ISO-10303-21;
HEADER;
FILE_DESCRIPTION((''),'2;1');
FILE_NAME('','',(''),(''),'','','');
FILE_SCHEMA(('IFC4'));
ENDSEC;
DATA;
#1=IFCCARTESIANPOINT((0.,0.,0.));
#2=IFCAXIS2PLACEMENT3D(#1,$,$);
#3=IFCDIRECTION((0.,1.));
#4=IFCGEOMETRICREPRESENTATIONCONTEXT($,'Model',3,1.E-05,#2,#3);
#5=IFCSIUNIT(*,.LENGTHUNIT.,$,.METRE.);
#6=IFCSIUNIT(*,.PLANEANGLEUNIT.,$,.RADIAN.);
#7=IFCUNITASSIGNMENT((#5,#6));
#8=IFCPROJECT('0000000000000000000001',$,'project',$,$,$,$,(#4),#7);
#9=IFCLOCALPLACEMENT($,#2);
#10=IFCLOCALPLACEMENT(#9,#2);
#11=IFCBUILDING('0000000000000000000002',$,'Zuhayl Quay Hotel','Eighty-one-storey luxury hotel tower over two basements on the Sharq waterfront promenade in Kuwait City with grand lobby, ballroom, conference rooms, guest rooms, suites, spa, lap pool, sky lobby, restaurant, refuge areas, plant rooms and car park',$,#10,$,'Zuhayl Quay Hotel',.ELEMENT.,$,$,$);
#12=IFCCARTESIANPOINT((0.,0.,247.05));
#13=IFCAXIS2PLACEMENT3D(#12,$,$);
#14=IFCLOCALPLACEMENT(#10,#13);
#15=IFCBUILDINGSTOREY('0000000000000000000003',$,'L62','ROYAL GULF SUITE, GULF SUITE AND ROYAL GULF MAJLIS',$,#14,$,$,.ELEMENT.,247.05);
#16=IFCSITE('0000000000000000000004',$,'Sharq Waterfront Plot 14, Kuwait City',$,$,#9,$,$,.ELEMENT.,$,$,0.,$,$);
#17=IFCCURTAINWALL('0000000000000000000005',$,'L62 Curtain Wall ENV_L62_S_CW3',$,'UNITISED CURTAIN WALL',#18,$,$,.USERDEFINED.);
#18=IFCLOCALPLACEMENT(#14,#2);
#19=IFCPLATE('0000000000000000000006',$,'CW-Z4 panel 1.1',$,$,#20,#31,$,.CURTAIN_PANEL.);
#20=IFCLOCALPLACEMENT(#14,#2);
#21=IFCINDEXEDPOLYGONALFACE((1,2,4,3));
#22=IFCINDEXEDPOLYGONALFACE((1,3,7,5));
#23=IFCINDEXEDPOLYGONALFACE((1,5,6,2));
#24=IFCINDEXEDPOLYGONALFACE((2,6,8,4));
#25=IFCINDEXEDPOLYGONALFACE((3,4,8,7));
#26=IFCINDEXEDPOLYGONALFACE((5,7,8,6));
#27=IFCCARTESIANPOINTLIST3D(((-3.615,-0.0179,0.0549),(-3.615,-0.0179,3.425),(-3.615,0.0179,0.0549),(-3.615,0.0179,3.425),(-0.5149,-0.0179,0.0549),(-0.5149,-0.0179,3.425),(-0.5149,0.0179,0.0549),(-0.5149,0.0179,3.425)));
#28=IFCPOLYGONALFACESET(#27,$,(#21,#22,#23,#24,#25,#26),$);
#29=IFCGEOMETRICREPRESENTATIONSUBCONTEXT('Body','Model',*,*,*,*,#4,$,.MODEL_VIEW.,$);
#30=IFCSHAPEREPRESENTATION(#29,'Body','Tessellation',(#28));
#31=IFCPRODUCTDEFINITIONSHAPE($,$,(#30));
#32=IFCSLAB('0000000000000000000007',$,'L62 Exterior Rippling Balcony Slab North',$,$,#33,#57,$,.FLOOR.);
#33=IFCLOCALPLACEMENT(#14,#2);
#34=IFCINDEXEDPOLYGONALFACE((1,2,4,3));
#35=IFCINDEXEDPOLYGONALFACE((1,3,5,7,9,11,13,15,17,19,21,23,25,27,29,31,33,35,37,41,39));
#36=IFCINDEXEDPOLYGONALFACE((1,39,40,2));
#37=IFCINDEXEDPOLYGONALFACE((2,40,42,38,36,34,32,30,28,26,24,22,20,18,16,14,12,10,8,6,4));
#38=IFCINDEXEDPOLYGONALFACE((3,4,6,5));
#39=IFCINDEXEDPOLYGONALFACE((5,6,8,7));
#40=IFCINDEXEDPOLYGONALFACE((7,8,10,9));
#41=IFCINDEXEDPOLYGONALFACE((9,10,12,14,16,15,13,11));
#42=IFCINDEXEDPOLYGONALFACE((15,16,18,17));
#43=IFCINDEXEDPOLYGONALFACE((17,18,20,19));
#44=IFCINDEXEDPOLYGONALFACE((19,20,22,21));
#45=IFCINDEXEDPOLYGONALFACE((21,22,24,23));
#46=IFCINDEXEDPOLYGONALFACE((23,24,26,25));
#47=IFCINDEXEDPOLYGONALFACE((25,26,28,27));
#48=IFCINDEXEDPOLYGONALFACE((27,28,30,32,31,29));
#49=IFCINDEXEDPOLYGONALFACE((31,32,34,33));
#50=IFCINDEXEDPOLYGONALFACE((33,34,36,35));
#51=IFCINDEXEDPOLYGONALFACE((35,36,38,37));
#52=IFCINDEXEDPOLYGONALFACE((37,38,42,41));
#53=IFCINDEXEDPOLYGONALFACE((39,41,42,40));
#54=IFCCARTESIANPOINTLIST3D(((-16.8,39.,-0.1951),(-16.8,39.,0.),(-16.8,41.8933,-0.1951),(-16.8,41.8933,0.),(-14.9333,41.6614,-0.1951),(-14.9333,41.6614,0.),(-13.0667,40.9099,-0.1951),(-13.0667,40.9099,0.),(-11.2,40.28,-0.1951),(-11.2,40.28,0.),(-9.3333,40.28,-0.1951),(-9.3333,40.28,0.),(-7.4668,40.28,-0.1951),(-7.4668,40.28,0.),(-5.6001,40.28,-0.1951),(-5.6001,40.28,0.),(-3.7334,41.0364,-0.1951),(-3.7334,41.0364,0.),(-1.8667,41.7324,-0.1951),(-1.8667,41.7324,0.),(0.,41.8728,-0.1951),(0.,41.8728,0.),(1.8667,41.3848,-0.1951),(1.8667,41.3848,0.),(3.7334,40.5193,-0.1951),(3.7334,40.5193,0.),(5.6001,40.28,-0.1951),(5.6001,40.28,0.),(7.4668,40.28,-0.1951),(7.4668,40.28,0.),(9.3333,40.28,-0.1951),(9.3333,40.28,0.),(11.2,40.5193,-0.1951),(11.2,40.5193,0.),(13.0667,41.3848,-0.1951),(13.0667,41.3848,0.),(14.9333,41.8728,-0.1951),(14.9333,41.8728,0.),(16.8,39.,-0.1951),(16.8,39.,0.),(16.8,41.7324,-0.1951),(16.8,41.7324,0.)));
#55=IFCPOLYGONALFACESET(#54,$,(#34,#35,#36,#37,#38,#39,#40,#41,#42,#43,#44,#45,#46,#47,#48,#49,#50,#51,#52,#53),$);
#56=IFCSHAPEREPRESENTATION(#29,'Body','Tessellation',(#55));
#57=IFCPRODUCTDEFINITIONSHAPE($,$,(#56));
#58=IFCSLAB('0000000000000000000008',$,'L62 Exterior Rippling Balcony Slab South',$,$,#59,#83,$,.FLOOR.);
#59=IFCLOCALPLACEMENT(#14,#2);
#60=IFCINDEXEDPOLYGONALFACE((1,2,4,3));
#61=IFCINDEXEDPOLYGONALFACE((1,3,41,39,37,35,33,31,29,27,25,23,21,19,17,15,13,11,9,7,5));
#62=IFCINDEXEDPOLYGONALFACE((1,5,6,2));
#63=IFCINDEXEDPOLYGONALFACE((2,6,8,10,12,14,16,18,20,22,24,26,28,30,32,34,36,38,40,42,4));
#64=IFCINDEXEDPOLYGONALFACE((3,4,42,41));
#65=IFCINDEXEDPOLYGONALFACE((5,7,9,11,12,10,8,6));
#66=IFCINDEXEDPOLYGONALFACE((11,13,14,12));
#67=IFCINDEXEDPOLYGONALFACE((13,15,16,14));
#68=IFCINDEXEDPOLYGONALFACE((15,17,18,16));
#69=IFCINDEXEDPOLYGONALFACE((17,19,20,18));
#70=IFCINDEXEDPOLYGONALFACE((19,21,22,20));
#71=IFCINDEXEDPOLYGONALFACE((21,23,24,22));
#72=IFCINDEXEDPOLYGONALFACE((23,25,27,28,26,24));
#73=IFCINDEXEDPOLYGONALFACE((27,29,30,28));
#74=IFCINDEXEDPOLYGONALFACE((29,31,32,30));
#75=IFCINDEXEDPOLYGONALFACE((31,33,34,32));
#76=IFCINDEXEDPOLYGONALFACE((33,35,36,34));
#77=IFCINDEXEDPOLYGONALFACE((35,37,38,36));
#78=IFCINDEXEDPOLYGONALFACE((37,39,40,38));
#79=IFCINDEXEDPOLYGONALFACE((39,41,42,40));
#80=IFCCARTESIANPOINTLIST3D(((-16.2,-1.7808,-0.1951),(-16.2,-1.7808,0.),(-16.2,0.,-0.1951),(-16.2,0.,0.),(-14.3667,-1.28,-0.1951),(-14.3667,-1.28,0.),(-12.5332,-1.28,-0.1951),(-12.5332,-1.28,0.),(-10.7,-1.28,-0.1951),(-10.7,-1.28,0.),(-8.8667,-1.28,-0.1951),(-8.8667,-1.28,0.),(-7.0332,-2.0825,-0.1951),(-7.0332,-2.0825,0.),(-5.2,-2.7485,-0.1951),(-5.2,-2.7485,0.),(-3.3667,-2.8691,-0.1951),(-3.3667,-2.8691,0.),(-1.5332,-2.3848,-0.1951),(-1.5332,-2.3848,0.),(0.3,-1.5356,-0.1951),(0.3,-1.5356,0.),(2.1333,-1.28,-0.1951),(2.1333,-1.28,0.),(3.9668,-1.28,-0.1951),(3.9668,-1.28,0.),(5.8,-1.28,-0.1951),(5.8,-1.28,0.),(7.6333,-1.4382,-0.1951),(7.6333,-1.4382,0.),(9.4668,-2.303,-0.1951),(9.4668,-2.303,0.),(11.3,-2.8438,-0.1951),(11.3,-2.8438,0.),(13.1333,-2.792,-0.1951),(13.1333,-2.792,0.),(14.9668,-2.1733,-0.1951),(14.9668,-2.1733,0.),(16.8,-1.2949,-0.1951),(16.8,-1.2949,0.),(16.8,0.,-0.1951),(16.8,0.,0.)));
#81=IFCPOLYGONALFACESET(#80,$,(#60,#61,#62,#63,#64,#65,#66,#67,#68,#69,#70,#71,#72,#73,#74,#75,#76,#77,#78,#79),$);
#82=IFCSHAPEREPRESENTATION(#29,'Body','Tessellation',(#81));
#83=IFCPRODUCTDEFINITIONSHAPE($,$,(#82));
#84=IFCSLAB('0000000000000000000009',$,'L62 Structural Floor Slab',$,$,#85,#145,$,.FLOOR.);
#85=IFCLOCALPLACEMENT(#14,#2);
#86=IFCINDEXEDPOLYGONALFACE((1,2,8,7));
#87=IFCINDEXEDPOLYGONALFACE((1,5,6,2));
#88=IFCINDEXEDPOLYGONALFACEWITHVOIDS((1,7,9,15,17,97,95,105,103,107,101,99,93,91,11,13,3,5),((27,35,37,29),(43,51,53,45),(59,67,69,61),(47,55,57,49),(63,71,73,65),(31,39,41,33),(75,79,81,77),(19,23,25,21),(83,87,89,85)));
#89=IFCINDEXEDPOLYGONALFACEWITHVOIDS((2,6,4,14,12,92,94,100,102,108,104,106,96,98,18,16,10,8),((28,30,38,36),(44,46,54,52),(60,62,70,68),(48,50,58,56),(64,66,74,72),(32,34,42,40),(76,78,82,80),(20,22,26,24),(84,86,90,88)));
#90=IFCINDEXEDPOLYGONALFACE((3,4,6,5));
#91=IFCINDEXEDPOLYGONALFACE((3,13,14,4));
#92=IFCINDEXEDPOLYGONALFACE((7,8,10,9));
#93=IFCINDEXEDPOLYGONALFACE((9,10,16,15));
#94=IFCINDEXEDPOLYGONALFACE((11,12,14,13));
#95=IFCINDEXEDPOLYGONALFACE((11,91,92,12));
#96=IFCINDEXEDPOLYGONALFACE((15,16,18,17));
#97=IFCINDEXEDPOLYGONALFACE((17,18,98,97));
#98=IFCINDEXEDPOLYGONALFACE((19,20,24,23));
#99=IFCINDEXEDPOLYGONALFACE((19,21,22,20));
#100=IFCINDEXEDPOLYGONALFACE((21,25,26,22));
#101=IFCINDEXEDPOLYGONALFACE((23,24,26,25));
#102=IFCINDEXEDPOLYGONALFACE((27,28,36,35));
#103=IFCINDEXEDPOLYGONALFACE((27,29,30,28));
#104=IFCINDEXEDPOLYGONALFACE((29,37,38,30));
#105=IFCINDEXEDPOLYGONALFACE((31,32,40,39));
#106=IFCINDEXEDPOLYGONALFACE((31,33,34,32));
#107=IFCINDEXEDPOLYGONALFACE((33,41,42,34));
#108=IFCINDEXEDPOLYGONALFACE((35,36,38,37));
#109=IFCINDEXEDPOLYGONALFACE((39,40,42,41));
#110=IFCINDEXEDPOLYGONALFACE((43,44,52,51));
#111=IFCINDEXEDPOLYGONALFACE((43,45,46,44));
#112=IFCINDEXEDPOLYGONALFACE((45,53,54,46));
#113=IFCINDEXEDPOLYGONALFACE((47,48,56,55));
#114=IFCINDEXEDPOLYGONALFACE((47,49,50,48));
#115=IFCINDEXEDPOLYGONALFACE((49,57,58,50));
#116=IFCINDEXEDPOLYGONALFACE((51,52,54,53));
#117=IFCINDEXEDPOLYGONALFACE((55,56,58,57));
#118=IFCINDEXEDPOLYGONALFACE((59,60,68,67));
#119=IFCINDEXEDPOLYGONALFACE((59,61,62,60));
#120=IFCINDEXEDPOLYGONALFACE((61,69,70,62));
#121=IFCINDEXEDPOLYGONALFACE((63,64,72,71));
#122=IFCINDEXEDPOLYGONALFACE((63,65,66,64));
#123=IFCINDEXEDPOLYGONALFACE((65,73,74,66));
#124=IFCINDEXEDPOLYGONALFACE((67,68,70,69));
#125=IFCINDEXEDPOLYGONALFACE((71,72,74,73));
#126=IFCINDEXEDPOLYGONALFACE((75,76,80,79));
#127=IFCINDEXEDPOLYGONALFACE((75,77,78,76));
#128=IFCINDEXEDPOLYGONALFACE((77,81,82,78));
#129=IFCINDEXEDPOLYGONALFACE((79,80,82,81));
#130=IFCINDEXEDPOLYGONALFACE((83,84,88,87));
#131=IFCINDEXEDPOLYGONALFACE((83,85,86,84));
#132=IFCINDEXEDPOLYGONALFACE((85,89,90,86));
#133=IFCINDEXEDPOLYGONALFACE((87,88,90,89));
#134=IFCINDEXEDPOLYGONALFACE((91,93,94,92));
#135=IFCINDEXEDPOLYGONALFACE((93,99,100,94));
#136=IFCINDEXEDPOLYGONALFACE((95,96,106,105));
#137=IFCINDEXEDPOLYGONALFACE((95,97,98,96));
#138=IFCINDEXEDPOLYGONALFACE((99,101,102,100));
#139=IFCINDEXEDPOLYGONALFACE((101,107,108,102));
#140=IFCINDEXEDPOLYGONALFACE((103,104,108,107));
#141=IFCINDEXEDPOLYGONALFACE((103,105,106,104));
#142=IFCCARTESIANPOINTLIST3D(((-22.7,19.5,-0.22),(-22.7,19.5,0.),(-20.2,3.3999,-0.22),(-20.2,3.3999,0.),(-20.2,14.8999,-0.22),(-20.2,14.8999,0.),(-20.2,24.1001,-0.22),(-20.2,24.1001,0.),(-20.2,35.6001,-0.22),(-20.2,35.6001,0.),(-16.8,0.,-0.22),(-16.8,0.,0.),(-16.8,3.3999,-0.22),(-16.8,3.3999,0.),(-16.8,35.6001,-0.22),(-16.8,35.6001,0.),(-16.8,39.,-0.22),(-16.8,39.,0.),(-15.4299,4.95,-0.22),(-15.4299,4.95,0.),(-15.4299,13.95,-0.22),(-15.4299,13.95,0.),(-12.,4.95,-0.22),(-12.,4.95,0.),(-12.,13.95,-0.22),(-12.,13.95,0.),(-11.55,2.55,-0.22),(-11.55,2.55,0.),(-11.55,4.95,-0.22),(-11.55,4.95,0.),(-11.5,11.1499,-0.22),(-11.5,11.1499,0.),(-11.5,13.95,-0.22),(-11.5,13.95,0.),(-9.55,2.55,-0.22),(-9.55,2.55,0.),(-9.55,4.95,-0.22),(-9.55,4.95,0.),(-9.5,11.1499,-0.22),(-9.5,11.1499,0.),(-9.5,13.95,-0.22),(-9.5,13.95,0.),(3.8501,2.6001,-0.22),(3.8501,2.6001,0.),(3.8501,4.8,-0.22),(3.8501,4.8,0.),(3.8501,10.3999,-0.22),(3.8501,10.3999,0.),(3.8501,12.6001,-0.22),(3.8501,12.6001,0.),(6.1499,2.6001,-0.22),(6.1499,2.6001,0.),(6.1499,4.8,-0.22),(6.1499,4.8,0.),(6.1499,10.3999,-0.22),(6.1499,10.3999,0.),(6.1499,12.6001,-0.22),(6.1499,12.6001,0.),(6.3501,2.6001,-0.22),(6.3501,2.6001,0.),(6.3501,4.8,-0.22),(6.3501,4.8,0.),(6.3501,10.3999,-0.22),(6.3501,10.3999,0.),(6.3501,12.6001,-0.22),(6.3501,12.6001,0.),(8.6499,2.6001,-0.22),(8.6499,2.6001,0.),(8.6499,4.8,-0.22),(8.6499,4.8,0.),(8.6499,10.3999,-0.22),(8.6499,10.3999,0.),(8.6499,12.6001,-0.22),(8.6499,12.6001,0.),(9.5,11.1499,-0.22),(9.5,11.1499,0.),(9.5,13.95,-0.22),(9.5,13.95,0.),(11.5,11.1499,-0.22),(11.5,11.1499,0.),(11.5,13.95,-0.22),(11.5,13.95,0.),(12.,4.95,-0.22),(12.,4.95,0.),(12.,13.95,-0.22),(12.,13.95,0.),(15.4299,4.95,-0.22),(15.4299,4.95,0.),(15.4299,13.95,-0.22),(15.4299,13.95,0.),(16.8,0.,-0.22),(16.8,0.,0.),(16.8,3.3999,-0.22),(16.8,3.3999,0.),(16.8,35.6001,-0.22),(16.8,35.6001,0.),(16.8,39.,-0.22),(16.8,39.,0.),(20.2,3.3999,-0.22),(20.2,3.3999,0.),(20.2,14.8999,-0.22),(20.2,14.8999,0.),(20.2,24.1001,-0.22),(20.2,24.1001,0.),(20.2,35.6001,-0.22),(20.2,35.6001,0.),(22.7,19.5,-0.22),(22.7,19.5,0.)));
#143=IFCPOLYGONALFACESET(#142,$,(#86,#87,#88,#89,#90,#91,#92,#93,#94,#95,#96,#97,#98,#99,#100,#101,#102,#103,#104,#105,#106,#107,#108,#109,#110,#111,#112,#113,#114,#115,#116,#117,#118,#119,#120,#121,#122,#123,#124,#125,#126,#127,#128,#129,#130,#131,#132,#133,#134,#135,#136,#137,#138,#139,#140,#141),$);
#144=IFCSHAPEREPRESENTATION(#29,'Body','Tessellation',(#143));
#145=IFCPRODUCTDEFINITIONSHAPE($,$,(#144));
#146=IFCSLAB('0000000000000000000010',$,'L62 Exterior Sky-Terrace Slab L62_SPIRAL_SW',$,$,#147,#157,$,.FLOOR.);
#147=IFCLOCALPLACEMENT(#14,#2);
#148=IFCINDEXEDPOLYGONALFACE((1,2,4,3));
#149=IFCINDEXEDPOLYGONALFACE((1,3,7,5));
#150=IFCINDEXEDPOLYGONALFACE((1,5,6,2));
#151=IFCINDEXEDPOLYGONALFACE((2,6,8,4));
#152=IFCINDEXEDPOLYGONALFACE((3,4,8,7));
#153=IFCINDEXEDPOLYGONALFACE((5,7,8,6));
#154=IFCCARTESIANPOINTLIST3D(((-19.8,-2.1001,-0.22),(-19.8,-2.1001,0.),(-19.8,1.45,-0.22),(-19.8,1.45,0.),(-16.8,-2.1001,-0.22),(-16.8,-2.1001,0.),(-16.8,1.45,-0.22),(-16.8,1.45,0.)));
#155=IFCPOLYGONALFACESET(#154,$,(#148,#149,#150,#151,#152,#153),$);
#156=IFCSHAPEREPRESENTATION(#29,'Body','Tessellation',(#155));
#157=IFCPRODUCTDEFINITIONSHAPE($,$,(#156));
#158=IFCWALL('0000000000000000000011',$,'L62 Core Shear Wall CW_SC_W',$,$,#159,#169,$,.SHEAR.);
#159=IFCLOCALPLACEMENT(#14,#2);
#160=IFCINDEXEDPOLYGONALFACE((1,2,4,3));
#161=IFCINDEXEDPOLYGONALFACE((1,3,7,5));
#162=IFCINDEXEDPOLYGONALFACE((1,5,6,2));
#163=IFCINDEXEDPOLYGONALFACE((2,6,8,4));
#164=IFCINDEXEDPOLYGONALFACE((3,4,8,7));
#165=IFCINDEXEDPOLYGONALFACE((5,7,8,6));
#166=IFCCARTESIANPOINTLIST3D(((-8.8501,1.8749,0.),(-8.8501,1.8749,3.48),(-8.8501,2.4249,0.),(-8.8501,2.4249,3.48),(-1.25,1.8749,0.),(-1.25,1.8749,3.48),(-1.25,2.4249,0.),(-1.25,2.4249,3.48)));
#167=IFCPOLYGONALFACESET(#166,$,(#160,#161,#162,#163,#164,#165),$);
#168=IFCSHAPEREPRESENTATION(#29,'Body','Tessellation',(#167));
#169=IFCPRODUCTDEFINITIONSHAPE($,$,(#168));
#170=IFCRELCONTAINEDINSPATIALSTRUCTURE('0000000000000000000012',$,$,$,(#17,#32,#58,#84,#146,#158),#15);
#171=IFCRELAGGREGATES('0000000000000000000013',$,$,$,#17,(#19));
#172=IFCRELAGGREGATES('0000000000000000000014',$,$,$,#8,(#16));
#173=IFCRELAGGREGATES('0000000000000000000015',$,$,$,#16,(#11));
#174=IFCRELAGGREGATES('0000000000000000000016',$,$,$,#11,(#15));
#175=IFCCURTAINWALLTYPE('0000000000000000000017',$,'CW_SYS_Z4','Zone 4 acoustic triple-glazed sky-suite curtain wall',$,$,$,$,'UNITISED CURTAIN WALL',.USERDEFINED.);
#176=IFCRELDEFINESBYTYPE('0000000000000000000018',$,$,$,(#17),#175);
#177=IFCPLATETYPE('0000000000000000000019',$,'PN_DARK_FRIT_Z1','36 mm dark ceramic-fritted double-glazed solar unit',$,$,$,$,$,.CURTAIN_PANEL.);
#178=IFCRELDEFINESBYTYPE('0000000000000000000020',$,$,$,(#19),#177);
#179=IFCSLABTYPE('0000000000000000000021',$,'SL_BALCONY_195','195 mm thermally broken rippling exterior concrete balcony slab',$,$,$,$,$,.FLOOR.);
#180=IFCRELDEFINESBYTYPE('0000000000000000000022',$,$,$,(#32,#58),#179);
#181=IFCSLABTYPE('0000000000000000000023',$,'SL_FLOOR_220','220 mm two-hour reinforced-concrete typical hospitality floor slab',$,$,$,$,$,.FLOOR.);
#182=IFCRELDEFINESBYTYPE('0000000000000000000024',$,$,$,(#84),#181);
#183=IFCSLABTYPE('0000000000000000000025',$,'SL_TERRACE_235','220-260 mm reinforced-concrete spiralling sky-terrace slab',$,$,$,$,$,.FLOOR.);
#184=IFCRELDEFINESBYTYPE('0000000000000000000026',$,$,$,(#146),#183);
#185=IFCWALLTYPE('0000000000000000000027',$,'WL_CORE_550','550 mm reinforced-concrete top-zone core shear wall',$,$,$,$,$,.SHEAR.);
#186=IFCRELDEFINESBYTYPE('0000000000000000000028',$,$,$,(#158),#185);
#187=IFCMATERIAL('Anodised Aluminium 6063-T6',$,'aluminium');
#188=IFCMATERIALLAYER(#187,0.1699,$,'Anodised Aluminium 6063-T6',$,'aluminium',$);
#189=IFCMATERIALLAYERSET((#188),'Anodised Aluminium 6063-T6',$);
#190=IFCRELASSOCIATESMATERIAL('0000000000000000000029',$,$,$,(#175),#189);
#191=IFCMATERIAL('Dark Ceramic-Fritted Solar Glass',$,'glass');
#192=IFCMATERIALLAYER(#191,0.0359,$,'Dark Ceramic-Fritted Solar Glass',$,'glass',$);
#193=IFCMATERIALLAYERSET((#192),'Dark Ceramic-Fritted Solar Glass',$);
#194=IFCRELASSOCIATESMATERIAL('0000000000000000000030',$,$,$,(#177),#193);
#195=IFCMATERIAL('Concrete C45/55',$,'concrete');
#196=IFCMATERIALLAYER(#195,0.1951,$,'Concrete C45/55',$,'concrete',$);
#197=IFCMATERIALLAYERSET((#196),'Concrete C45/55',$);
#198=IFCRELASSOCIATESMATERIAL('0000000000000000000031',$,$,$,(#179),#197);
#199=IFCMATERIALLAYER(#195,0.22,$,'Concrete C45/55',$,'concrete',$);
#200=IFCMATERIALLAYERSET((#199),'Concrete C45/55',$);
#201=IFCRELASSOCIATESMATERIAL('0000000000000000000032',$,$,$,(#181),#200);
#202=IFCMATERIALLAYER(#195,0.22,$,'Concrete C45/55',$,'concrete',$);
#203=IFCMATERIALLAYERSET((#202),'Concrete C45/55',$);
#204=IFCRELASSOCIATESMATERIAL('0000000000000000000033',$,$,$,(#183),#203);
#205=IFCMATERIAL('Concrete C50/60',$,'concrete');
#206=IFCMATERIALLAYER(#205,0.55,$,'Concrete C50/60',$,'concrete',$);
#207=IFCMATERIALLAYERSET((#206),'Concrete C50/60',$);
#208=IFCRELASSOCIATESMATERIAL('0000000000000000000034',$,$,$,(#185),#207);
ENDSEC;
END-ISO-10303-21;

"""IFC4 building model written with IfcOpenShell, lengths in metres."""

from ifc_helpers import new_model, si_unit, direction, frame, frame_2d, origin, origin_2d, place, context, subcontext, project, spatial, polyline, rectangle, outline, extrude, material, layer, layer_set, type_object, element, aggregate, save


model = new_model("IFC4")

# Units and contexts
model_context = context("Model", 3, precision=1e-05, world=origin(), true_north=direction((0.0, 1.0)))
body_context = subcontext(model_context, "Body", "Model", "MODEL_VIEW")
ifc_project = project(units=[si_unit("LENGTHUNIT", "METRE"), si_unit("PLANEANGLEUNIT", "RADIAN")], contexts=[model_context])

# Site, building, storey
site_placement = place(None, origin())
site = spatial("IfcSite", under=ifc_project, at=site_placement, Name="Sharq Waterfront Plot 14, Kuwait City", CompositionType="ELEMENT", RefElevation=0.0)
building_placement = place(site_placement, origin())
building = spatial("IfcBuilding", under=site, at=building_placement, Name="Zuhayl Quay Hotel", Description="Eighty-one-storey luxury hotel tower over two basements on the Sharq waterfront promenade in Kuwait City with grand lobby, ballroom, conference rooms, guest rooms, suites, spa, lap pool, sky lobby, restaurant, refuge areas, plant rooms and car park", LongName="Zuhayl Quay Hotel", CompositionType="ELEMENT")
storey_placement = place(building_placement, frame((0.0, 0.0, 247.05)))
storey = spatial("IfcBuildingStorey", under=building, at=storey_placement, Name="L62", Description="ROYAL GULF SUITE, GULF SUITE AND ROYAL GULF MAJLIS", CompositionType="ELEMENT", Elevation=247.05)

# Curtain wall
ifc_material_1 = material(Name="Anodised Aluminium 6063-T6", Category="aluminium")
ifc_layer_1 = layer(ifc_material_1, 0.1699, Name="Anodised Aluminium 6063-T6", Category="aluminium")
ifc_layer_set_1 = layer_set([ifc_layer_1], Name="Anodised Aluminium 6063-T6")
curtain_wall_type = type_object("IfcCurtainWallType", Name="CW_SYS_Z4", Description="Zone 4 acoustic triple-glazed sky-suite curtain wall", ElementType="UNITISED CURTAIN WALL", PredefinedType="USERDEFINED", material=ifc_layer_set_1)
curtain_wall_1_placement = place(storey_placement, origin())
curtain_wall_1 = element("IfcCurtainWall", 1, at=curtain_wall_1_placement, inside=storey, type_object=curtain_wall_type, Name="L62 Curtain Wall ENV_L62_S_CW3", ObjectType="UNITISED CURTAIN WALL", PredefinedType="USERDEFINED")

# Plate
ifc_material_2 = material(Name="Dark Ceramic-Fritted Solar Glass", Category="glass")
ifc_layer_2 = layer(ifc_material_2, 0.0359, Name="Dark Ceramic-Fritted Solar Glass", Category="glass")
ifc_layer_set_2 = layer_set([ifc_layer_2], Name="Dark Ceramic-Fritted Solar Glass")
plate_type = type_object("IfcPlateType", Name="PN_DARK_FRIT_Z1", Description="36 mm dark ceramic-fritted double-glazed solar unit", PredefinedType="CURTAIN_PANEL", material=ifc_layer_set_2)
plate_placement = place(storey_placement, frame((-2.0649, 0.0, 0.0549), z_axis=(0.0, 0.0, 1.0), x_axis=(-1.0, 0.0, 0.0)))
plate = element("IfcPlate", 2, at=plate_placement, type_object=plate_type, Name="CW-Z4 panel 1.1", PredefinedType="CURTAIN_PANEL", context=body_context, shape_type="SweptSolid", body=[
    extrude(rectangle(XDim=3.1001, YDim=0.0359, at=origin_2d()), origin(), (0.0, 0.0, 1.0), 3.3701),
])
aggregate(curtain_wall_1, [plate])

# Slabs
ifc_material_3 = material(Name="Concrete C45/55", Category="concrete")
ifc_layer_3 = layer(ifc_material_3, 0.1951, Name="Concrete C45/55", Category="concrete")
ifc_layer_set_3 = layer_set([ifc_layer_3], Name="Concrete C45/55")
slab_type_1 = type_object("IfcSlabType", Name="SL_BALCONY_195", Description="195 mm thermally broken rippling exterior concrete balcony slab", PredefinedType="FLOOR", material=ifc_layer_set_3)
slab_1_placement = place(storey_placement, frame((0.0, 0.0, -0.1951)))
element("IfcSlab", 3, at=slab_1_placement, inside=storey, type_object=slab_type_1, Name="L62 Exterior Rippling Balcony Slab North", PredefinedType="FLOOR", context=body_context, shape_type="SweptSolid", body=[
    extrude(outline(polyline([(-16.8, 39.0), (16.8, 39.0), (16.8, 41.7324), (14.9333, 41.8728), (13.0667, 41.3848), (11.2, 40.5193), (9.3333, 40.28), (7.4668, 40.28), (5.6001, 40.28), (3.7334, 40.5193), (1.8667, 41.3848), (0.0, 41.8728), (-1.8667, 41.7324), (-3.7334, 41.0364), (-5.6001, 40.28), (-7.4668, 40.28), (-9.3333, 40.28), (-11.2, 40.28), (-13.0667, 40.9099), (-14.9333, 41.6614), (-16.8, 41.8933), (-16.8, 39.0)])), origin(), (0.0, 0.0, 1.0), 0.1951),
])
slab_2_placement = place(storey_placement, frame((0.0, 0.0, -0.1951)))
element("IfcSlab", 4, at=slab_2_placement, inside=storey, type_object=slab_type_1, Name="L62 Exterior Rippling Balcony Slab South", PredefinedType="FLOOR", context=body_context, shape_type="SweptSolid", body=[
    extrude(outline(polyline([(-16.2, -1.7808), (-14.3667, -1.28), (-12.5332, -1.28), (-10.7, -1.28), (-8.8667, -1.28), (-7.0332, -2.0825), (-5.2, -2.7485), (-3.3667, -2.8691), (-1.5332, -2.3848), (0.3, -1.5356), (2.1333, -1.28), (3.9668, -1.28), (5.8, -1.28), (7.6333, -1.4382), (9.4668, -2.303), (11.3, -2.8438), (13.1333, -2.792), (14.9668, -2.1733), (16.8, -1.2949), (16.8, 0.0), (-16.2, 0.0), (-16.2, -1.7808)])), origin(), (0.0, 0.0, 1.0), 0.1951),
])
ifc_layer_4 = layer(ifc_material_3, 0.22, Name="Concrete C45/55", Category="concrete")
ifc_layer_set_4 = layer_set([ifc_layer_4], Name="Concrete C45/55")
slab_type_2 = type_object("IfcSlabType", Name="SL_FLOOR_220", Description="220 mm two-hour reinforced-concrete typical hospitality floor slab", PredefinedType="FLOOR", material=ifc_layer_set_4)
slab_3_placement = place(storey_placement, frame((0.0, 0.0, -0.22)))
element("IfcSlab", 5, at=slab_3_placement, inside=storey, type_object=slab_type_2, Name="L62 Structural Floor Slab", PredefinedType="FLOOR", context=body_context, shape_type="SweptSolid", body=[
    extrude(outline(polyline([(-16.8, 0.0), (16.8, 0.0), (16.8, 3.3999), (20.2, 3.3999), (20.2, 14.8999), (22.7, 19.5), (20.2, 24.1001), (20.2, 35.6001), (16.8, 35.6001), (16.8, 39.0), (-16.8, 39.0), (-16.8, 35.6001), (-20.2, 35.6001), (-20.2, 24.1001), (-22.7, 19.5), (-20.2, 14.8999), (-20.2, 3.3999), (-16.8, 3.3999), (-16.8, 0.0)]), holes=[polyline([(-12.0, 4.95), (-12.0, 13.95), (-15.4299, 13.95), (-15.4299, 4.95), (-12.0, 4.95)]), polyline([(15.4299, 4.95), (15.4299, 13.95), (12.0, 13.95), (12.0, 4.95), (15.4299, 4.95)]), polyline([(-11.5, 11.1499), (-9.5, 11.1499), (-9.5, 13.95), (-11.5, 13.95), (-11.5, 11.1499)]), polyline([(9.5, 11.1499), (11.5, 11.1499), (11.5, 13.95), (9.5, 13.95), (9.5, 11.1499)]), polyline([(3.8501, 2.6001), (6.1499, 2.6001), (6.1499, 4.8), (3.8501, 4.8), (3.8501, 2.6001)]), polyline([(6.3501, 2.6001), (8.6499, 2.6001), (8.6499, 4.8), (6.3501, 4.8), (6.3501, 2.6001)]), polyline([(3.8501, 10.3999), (6.1499, 10.3999), (6.1499, 12.6001), (3.8501, 12.6001), (3.8501, 10.3999)]), polyline([(6.3501, 10.3999), (8.6499, 10.3999), (8.6499, 12.6001), (6.3501, 12.6001), (6.3501, 10.3999)]), polyline([(-11.55, 2.55), (-9.55, 2.55), (-9.55, 4.95), (-11.55, 4.95), (-11.55, 2.55)])]), origin(), (0.0, 0.0, 1.0), 0.22),
])
ifc_layer_5 = layer(ifc_material_3, 0.22, Name="Concrete C45/55", Category="concrete")
ifc_layer_set_5 = layer_set([ifc_layer_5], Name="Concrete C45/55")
slab_type_3 = type_object("IfcSlabType", Name="SL_TERRACE_235", Description="220-260 mm reinforced-concrete spiralling sky-terrace slab", PredefinedType="FLOOR", material=ifc_layer_set_5)
slab_4_placement = place(storey_placement, frame((0.0, 0.0, -0.22)))
element("IfcSlab", 6, at=slab_4_placement, inside=storey, type_object=slab_type_3, Name="L62 Exterior Sky-Terrace Slab L62_SPIRAL_SW", PredefinedType="FLOOR", context=body_context, shape_type="SweptSolid", body=[
    extrude(outline(polyline([(-19.8, -2.1001), (-16.8, -2.1001), (-16.8, 1.45), (-19.8, 1.45), (-19.8, -2.1001)])), origin(), (0.0, 0.0, 1.0), 0.22),
])

# Wall
ifc_material_4 = material(Name="Concrete C50/60", Category="concrete")
ifc_layer_6 = layer(ifc_material_4, 0.55, Name="Concrete C50/60", Category="concrete")
ifc_layer_set_6 = layer_set([ifc_layer_6], Name="Concrete C50/60")
wall_type_1 = type_object("IfcWallType", Name="WL_CORE_550", Description="550 mm reinforced-concrete top-zone core shear wall", PredefinedType="SHEAR", material=ifc_layer_set_6)
wall_1_placement = place(storey_placement, frame((-8.8501, 2.1499, 0.0), z_axis=(0.0, 0.0, 1.0), x_axis=(1.0, 0.0, 0.0)))
element("IfcWall", 7, at=wall_1_placement, inside=storey, type_object=wall_type_1, Name="L62 Core Shear Wall CW_SC_W", PredefinedType="SHEAR", context=body_context, shape_type="SweptSolid", body=[
    extrude(rectangle(XDim=7.6001, YDim=0.55, at=frame_2d((3.8, 0.0))), origin(), (0.0, 0.0, 1.0), 3.48),
])

save(model, "model.ifc")
